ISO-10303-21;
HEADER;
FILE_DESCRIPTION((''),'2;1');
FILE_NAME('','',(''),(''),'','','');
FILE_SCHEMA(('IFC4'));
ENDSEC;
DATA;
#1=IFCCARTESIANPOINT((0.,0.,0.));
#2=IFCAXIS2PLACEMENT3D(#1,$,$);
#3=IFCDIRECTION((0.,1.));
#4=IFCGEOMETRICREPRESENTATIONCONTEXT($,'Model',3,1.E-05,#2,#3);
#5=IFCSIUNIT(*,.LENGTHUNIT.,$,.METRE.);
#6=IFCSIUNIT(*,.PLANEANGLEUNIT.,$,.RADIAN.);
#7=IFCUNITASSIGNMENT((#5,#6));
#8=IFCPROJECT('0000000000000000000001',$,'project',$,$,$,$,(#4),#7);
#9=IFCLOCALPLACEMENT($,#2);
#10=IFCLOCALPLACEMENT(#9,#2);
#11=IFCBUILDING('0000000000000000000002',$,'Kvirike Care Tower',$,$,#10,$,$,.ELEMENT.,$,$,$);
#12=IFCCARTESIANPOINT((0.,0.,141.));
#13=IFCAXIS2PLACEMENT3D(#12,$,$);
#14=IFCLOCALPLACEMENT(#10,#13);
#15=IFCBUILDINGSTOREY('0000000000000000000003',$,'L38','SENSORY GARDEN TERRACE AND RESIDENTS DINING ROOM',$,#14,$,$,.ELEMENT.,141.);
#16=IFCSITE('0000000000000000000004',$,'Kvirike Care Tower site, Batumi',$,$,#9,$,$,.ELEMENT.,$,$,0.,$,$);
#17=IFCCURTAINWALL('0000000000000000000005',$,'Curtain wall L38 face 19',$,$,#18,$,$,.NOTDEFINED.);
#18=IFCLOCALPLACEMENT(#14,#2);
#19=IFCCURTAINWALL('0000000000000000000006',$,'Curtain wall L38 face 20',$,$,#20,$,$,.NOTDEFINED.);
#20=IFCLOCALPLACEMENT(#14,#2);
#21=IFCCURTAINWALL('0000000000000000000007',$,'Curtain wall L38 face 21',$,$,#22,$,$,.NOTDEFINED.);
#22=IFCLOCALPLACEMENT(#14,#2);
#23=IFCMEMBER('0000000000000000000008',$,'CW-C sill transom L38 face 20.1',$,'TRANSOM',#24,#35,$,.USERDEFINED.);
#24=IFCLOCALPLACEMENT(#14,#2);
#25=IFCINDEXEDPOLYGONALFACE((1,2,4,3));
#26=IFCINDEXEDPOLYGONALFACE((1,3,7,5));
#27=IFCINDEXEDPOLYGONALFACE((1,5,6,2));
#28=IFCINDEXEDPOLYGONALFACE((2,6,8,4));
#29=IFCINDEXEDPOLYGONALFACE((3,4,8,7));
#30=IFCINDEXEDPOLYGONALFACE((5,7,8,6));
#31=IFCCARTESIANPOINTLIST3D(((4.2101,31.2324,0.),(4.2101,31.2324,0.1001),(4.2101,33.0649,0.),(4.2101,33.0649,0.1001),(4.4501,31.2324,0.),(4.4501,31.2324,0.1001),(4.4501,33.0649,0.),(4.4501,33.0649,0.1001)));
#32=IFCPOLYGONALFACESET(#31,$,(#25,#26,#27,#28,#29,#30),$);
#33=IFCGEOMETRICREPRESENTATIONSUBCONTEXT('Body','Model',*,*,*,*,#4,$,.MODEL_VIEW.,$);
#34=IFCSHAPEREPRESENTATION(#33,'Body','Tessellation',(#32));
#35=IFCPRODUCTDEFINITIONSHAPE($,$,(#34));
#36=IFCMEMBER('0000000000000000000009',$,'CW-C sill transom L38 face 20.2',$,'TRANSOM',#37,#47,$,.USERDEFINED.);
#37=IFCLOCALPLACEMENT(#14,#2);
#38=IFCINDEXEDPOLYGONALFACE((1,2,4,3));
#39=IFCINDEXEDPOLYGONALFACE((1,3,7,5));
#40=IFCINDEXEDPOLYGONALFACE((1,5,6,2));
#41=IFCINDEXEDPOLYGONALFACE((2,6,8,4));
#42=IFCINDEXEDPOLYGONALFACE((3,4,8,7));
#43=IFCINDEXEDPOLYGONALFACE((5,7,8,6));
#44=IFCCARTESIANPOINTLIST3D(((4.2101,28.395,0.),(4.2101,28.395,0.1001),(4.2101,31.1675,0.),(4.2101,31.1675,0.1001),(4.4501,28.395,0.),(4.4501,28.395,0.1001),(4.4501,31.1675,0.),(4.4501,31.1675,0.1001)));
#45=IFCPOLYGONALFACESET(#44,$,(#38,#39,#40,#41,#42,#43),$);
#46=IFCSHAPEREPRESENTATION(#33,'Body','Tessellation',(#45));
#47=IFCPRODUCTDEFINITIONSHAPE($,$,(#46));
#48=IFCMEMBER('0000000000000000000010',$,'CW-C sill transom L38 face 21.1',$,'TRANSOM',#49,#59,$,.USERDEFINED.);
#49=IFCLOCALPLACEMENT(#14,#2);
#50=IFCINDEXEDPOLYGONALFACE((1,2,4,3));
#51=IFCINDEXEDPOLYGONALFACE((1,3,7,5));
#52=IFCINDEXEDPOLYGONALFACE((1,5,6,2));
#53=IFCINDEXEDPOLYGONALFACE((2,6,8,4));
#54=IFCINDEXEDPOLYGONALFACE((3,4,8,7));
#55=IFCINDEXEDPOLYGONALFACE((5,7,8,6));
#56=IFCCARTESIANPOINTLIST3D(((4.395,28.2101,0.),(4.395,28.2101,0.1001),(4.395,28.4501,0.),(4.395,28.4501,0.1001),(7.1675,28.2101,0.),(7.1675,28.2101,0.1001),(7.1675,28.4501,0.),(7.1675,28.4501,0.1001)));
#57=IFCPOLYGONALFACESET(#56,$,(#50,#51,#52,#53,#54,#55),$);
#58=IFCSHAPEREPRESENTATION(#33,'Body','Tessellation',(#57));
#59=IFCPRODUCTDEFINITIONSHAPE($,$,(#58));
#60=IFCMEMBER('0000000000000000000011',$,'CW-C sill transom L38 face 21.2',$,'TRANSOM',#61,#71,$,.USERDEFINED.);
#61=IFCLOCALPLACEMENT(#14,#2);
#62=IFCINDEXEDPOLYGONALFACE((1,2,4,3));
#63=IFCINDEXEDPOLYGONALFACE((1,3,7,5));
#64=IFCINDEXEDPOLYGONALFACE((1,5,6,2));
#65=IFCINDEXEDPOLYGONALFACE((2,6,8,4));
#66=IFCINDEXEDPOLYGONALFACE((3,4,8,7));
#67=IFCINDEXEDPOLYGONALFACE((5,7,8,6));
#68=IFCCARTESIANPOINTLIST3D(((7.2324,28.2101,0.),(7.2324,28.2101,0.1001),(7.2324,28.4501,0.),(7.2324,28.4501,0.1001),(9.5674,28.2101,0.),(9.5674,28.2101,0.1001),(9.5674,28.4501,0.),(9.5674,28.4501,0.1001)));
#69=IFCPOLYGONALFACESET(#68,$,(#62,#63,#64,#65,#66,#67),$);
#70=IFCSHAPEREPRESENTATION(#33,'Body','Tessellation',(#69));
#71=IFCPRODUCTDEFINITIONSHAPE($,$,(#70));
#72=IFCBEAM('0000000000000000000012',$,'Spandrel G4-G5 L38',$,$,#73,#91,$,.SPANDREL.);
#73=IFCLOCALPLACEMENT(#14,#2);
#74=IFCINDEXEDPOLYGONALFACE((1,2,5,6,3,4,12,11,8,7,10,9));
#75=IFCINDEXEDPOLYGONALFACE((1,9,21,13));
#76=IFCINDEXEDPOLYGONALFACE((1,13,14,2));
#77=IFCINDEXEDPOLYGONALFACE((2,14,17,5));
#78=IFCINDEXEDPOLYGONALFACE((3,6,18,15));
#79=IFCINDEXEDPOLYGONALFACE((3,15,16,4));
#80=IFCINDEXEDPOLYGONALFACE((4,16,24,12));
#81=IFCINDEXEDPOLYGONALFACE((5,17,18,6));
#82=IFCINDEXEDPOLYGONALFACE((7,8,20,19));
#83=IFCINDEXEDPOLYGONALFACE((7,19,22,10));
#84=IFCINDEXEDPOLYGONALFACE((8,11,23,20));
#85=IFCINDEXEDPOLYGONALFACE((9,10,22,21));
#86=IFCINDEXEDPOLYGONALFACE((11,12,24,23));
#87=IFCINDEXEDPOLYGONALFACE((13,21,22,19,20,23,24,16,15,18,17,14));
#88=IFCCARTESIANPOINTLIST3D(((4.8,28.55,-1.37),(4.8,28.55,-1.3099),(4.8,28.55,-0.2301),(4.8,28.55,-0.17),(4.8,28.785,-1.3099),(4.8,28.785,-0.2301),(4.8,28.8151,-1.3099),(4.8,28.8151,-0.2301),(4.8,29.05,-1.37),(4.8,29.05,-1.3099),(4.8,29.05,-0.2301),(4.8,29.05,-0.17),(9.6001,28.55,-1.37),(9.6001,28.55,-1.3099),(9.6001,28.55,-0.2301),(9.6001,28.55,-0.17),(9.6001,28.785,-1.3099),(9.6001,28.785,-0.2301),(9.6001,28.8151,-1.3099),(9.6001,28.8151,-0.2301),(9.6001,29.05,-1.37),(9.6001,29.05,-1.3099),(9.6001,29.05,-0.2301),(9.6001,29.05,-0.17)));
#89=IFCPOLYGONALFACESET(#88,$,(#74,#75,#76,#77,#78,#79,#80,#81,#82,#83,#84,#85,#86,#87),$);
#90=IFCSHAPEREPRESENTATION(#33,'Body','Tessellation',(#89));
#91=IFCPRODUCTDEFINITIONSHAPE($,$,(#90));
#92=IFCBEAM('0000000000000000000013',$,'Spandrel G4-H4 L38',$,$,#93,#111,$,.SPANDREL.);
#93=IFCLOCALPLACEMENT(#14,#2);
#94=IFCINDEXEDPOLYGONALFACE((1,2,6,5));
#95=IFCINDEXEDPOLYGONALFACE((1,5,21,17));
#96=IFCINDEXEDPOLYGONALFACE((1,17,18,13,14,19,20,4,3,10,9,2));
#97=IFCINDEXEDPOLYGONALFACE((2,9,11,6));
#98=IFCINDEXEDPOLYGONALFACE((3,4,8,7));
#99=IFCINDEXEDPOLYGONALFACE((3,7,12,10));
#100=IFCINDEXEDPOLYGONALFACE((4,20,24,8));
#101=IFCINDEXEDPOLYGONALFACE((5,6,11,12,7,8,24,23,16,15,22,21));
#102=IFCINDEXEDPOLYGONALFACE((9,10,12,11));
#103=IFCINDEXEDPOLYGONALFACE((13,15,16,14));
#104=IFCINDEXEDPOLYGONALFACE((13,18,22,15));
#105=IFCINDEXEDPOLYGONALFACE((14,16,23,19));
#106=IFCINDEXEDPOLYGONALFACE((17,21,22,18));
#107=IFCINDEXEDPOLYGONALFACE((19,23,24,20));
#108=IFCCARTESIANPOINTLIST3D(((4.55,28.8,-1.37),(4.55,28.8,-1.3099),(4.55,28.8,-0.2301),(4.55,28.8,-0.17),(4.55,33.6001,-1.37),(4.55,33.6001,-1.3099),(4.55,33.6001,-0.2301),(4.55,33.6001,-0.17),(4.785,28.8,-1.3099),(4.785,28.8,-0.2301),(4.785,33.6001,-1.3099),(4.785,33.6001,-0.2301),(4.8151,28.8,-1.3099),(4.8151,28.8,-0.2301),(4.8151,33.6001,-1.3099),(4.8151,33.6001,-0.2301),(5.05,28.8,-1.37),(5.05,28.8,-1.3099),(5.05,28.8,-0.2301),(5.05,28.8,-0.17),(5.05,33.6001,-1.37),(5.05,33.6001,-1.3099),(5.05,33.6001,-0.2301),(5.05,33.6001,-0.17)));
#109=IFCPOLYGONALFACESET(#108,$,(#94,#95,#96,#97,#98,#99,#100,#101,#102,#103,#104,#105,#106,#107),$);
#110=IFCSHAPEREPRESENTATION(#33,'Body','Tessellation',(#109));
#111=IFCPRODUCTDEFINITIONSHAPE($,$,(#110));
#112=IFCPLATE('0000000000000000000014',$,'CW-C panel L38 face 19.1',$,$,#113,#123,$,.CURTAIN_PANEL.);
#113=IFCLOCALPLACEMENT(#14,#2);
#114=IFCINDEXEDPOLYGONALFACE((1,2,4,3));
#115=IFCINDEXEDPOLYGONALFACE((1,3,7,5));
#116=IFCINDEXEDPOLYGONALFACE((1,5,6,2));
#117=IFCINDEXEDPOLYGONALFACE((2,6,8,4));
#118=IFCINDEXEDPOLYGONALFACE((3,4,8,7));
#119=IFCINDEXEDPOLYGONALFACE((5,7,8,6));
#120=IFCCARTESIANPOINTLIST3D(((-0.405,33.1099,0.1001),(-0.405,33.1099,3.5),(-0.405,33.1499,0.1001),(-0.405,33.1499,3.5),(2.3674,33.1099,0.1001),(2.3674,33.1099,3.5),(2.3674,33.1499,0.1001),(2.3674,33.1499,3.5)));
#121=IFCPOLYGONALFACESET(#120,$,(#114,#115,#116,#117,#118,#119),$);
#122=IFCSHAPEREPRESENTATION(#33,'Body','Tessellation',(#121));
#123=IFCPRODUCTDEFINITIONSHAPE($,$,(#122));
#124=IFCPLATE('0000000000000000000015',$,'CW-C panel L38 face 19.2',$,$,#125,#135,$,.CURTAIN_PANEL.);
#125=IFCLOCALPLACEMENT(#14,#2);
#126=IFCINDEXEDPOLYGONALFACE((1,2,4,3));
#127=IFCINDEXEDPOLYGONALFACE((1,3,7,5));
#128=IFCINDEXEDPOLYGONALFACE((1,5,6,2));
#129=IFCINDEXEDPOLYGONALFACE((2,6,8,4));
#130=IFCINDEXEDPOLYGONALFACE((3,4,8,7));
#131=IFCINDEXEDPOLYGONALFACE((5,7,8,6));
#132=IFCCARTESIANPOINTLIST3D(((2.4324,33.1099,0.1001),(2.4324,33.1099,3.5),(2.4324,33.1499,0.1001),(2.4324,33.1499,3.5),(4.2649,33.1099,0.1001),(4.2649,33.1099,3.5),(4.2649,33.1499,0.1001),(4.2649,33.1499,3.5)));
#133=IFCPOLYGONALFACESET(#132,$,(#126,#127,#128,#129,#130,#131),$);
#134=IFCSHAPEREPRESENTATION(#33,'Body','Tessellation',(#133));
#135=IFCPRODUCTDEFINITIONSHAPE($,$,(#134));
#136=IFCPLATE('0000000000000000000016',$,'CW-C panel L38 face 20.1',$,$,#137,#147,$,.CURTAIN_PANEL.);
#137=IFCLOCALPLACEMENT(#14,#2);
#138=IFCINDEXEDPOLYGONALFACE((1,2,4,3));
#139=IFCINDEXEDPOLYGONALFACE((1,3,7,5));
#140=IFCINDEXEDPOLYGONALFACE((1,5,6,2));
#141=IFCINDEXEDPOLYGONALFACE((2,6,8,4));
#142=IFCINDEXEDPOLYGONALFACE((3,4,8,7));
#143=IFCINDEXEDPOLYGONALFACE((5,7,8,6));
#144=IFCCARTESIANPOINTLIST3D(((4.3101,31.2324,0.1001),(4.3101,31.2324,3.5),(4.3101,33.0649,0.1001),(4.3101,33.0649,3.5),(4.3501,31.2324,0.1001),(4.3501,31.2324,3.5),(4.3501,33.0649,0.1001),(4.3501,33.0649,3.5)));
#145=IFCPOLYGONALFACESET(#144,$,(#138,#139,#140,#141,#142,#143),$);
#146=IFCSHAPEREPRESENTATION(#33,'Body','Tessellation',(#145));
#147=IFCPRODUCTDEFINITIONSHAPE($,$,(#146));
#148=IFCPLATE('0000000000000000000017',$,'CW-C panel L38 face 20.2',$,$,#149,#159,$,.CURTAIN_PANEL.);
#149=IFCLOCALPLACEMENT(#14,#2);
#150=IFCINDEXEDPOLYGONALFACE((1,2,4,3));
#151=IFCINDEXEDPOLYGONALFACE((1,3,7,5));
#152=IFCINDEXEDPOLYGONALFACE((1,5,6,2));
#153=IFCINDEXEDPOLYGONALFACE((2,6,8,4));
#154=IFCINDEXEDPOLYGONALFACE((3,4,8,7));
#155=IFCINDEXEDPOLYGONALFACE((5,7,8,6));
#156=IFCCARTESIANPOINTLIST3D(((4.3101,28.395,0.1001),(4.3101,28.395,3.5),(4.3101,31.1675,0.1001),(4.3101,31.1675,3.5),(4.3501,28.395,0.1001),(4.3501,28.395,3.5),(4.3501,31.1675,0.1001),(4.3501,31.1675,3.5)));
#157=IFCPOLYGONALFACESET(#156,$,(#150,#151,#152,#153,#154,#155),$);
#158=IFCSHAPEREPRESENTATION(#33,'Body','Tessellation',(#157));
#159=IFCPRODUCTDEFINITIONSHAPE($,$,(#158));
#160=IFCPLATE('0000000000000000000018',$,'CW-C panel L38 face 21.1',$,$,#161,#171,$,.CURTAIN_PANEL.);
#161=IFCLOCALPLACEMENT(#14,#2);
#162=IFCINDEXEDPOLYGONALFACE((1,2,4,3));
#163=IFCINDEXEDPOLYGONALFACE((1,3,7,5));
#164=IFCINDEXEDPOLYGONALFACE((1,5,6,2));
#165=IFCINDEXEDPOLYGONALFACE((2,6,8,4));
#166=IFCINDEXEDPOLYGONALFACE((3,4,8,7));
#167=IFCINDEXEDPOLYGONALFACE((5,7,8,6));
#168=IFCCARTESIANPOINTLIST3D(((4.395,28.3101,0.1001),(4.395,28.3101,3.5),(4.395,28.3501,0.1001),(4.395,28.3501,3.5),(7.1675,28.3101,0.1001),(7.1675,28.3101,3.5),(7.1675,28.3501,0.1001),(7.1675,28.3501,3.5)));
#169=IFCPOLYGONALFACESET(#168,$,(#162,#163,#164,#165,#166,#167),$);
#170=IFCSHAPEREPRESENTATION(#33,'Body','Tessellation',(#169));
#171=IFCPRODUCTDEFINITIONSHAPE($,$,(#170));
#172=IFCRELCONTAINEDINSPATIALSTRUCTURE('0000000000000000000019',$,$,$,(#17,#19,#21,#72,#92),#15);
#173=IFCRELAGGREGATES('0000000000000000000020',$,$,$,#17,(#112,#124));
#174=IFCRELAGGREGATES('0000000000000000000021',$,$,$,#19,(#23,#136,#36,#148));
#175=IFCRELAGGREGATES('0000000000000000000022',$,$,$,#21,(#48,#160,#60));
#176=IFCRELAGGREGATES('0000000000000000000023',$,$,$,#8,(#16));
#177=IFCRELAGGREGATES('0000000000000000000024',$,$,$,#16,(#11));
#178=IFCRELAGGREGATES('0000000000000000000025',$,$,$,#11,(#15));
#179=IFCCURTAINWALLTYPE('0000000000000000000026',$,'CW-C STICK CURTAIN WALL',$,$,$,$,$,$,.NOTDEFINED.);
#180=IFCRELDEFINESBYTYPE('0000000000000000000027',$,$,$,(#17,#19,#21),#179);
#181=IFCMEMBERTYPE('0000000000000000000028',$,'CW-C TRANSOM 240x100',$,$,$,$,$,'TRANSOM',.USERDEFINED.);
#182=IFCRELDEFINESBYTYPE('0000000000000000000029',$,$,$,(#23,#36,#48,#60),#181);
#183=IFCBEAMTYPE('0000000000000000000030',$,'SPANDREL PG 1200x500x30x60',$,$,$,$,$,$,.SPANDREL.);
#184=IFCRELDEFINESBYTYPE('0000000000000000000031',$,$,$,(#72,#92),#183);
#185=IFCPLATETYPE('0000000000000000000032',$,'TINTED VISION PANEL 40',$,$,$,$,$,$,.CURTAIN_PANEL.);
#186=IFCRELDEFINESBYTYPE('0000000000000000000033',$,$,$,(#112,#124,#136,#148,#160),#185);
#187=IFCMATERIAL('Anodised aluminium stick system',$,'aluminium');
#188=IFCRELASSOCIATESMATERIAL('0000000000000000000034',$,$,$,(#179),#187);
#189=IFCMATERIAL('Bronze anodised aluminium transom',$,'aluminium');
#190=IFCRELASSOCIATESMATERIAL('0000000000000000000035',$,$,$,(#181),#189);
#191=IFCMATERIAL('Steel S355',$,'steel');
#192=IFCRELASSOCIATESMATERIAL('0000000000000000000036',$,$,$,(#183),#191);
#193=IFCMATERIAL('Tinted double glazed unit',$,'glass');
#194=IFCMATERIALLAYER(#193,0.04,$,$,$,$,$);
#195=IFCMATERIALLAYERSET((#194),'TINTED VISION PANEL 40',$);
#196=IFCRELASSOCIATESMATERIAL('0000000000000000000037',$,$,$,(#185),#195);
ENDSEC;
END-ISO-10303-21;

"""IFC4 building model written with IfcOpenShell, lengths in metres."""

from ifc_helpers import new_model, si_unit, direction, frame, origin, origin_2d, place, context, subcontext, project, spatial, rectangle, i_section, extrude, material, layer, layer_set, material_profile, profile_set, type_object, element, aggregate, save


model = new_model("IFC4")

# Units and contexts
model_context = context("Model", 3, precision=1e-05, world=origin(), true_north=direction((0.0, 1.0)))
body_context = subcontext(model_context, "Body", "Model", "MODEL_VIEW")
ifc_project = project(units=[si_unit("LENGTHUNIT", "METRE"), si_unit("PLANEANGLEUNIT", "RADIAN")], contexts=[model_context])

# Site, building, storey
site_placement = place(None, origin())
site = spatial("IfcSite", under=ifc_project, at=site_placement, Name="Kvirike Care Tower site, Batumi", CompositionType="ELEMENT", RefElevation=0.0)
building_placement = place(site_placement, origin())
building = spatial("IfcBuilding", under=site, at=building_placement, Name="Kvirike Care Tower", CompositionType="ELEMENT")
storey_placement = place(building_placement, frame((0.0, 0.0, 141.0)))
storey = spatial("IfcBuildingStorey", under=building, at=storey_placement, Name="L38", Description="SENSORY GARDEN TERRACE AND RESIDENTS DINING ROOM", CompositionType="ELEMENT", Elevation=141.0)

# Curtain walls
ifc_material_1 = material(Name="Anodised aluminium stick system", Category="aluminium")
curtain_wall_type = type_object("IfcCurtainWallType", Name="CW-C STICK CURTAIN WALL", PredefinedType="NOTDEFINED", material=ifc_material_1)
curtain_wall_1_placement = place(storey_placement, origin())
curtain_wall_1 = element("IfcCurtainWall", 1, at=curtain_wall_1_placement, inside=storey, type_object=curtain_wall_type, Name="Curtain wall L38 face 19", PredefinedType="NOTDEFINED")
curtain_wall_2_placement = place(storey_placement, origin())
curtain_wall_2 = element("IfcCurtainWall", 2, at=curtain_wall_2_placement, inside=storey, type_object=curtain_wall_type, Name="Curtain wall L38 face 20", PredefinedType="NOTDEFINED")

# Curtain wall
curtain_wall_3_placement = place(storey_placement, origin())
curtain_wall_3 = element("IfcCurtainWall", 3, at=curtain_wall_3_placement, inside=storey, type_object=curtain_wall_type, Name="Curtain wall L38 face 21", PredefinedType="NOTDEFINED")

# Members
ifc_material_2 = material(Name="Bronze anodised aluminium transom", Category="aluminium")
ifc_material_profile_1 = material_profile(ifc_material_2, rectangle(XDim=0.24, YDim=0.1001, at=origin_2d()), Name="CW-C TRANSOM 240x100")
ifc_profile_set_1 = profile_set([ifc_material_profile_1], Name="Bronze anodised aluminium transom")
member_type_1 = type_object("IfcMemberType", Name="CW-C TRANSOM 240x100", ElementType="TRANSOM", PredefinedType="USERDEFINED", material=ifc_profile_set_1)
member_1_placement = place(storey_placement, frame((4.3301, 33.0649, 0.05), z_axis=(0.0, -1.0, 0.0), x_axis=(1.0, 0.0, 0.0)))
member_1 = element("IfcMember", 4, at=member_1_placement, type_object=member_type_1, Name="CW-C sill transom L38 face 20.1", ObjectType="TRANSOM", PredefinedType="USERDEFINED", context=body_context, shape_type="SweptSolid", body=[
    extrude(rectangle(XDim=0.24, YDim=0.1001, at=origin_2d()), origin(), (0.0, 0.0, 1.0), 1.8325),
])
member_2_placement = place(storey_placement, frame((4.3301, 31.1675, 0.05), z_axis=(0.0, -1.0, 0.0), x_axis=(1.0, 0.0, 0.0)))
member_2 = element("IfcMember", 5, at=member_2_placement, type_object=member_type_1, Name="CW-C sill transom L38 face 20.2", ObjectType="TRANSOM", PredefinedType="USERDEFINED", context=body_context, shape_type="SweptSolid", body=[
    extrude(rectangle(XDim=0.24, YDim=0.1001, at=origin_2d()), origin(), (0.0, 0.0, 1.0), 2.7725),
])
member_3_placement = place(storey_placement, frame((4.395, 28.3301, 0.05), z_axis=(1.0, 0.0, 0.0), x_axis=(0.0, 1.0, 0.0)))
member_3 = element("IfcMember", 6, at=member_3_placement, type_object=member_type_1, Name="CW-C sill transom L38 face 21.1", ObjectType="TRANSOM", PredefinedType="USERDEFINED", context=body_context, shape_type="SweptSolid", body=[
    extrude(rectangle(XDim=0.24, YDim=0.1001, at=origin_2d()), origin(), (0.0, 0.0, 1.0), 2.7725),
])
member_4_placement = place(storey_placement, frame((7.2324, 28.3301, 0.05), z_axis=(1.0, 0.0, 0.0), x_axis=(0.0, 1.0, 0.0)))
member_4 = element("IfcMember", 7, at=member_4_placement, type_object=member_type_1, Name="CW-C sill transom L38 face 21.2", ObjectType="TRANSOM", PredefinedType="USERDEFINED", context=body_context, shape_type="SweptSolid", body=[
    extrude(rectangle(XDim=0.24, YDim=0.1001, at=origin_2d()), origin(), (0.0, 0.0, 1.0), 2.335),
])

# Beams
ifc_material_3 = material(Name="Steel S355", Category="steel")
ifc_material_profile_2 = material_profile(ifc_material_3, i_section(OverallWidth=0.5, OverallDepth=1.2, WebThickness=0.03, FlangeThickness=0.0601, at=origin_2d()), Name="PG 1200x500x30x60")
ifc_profile_set_2 = profile_set([ifc_material_profile_2], Name="Steel S355")
beam_type = type_object("IfcBeamType", Name="SPANDREL PG 1200x500x30x60", PredefinedType="SPANDREL", material=ifc_profile_set_2)
for number, where, z_axis, x_axis, name in (
    (8, (4.8, 28.8, -0.77), (1.0, 0.0, 0.0), (0.0, 1.0, 0.0), "Spandrel G4-G5 L38"),
    (9, (4.8, 28.8, -0.77), (0.0, 1.0, 0.0), (-1.0, 0.0, 0.0), "Spandrel G4-H4 L38"),
):
    element("IfcBeam", number, at=place(storey_placement, frame(where, z_axis=z_axis, x_axis=x_axis)), inside=storey, type_object=beam_type, Name=name, PredefinedType="SPANDREL", context=body_context, shape_type="SweptSolid", body=[
        extrude(i_section(OverallWidth=0.5, OverallDepth=1.2, WebThickness=0.03, FlangeThickness=0.0601, at=origin_2d()), origin(), (0.0, 0.0, 1.0), 4.8),
    ])

# Plates
ifc_material_4 = material(Name="Tinted double glazed unit", Category="glass")
ifc_layer = layer(ifc_material_4, 0.04)
ifc_layer_set = layer_set([ifc_layer], Name="TINTED VISION PANEL 40")
plate_type = type_object("IfcPlateType", Name="TINTED VISION PANEL 40", PredefinedType="CURTAIN_PANEL", material=ifc_layer_set)
plate_1_placement = place(storey_placement, frame((0.9812, 33.1299, 0.1001), z_axis=(0.0, 0.0, 1.0), x_axis=(1.0, 0.0, 0.0)))
plate_1 = element("IfcPlate", 10, at=plate_1_placement, type_object=plate_type, Name="CW-C panel L38 face 19.1", PredefinedType="CURTAIN_PANEL", context=body_context, shape_type="SweptSolid", body=[
    extrude(rectangle(XDim=2.7725, YDim=0.04, at=origin_2d()), origin(), (0.0, 0.0, 1.0), 3.3999),
])
plate_2_placement = place(storey_placement, frame((3.3486, 33.1299, 0.1001), z_axis=(0.0, 0.0, 1.0), x_axis=(1.0, 0.0, 0.0)))
plate_2 = element("IfcPlate", 11, at=plate_2_placement, type_object=plate_type, Name="CW-C panel L38 face 19.2", PredefinedType="CURTAIN_PANEL", context=body_context, shape_type="SweptSolid", body=[
    extrude(rectangle(XDim=1.8325, YDim=0.04, at=origin_2d()), origin(), (0.0, 0.0, 1.0), 3.3999),
])
aggregate(curtain_wall_1, [plate_1, plate_2])
plate_3_placement = place(storey_placement, frame((4.3301, 32.1487, 0.1001), z_axis=(0.0, 0.0, 1.0), x_axis=(0.0, -1.0, 0.0)))
plate_3 = element("IfcPlate", 12, at=plate_3_placement, type_object=plate_type, Name="CW-C panel L38 face 20.1", PredefinedType="CURTAIN_PANEL", context=body_context, shape_type="SweptSolid", body=[
    extrude(rectangle(XDim=1.8325, YDim=0.04, at=origin_2d()), origin(), (0.0, 0.0, 1.0), 3.3999),
])
plate_4_placement = place(storey_placement, frame((4.3301, 29.7812, 0.1001), z_axis=(0.0, 0.0, 1.0), x_axis=(0.0, -1.0, 0.0)))
plate_4 = element("IfcPlate", 13, at=plate_4_placement, type_object=plate_type, Name="CW-C panel L38 face 20.2", PredefinedType="CURTAIN_PANEL", context=body_context, shape_type="SweptSolid", body=[
    extrude(rectangle(XDim=2.7725, YDim=0.04, at=origin_2d()), origin(), (0.0, 0.0, 1.0), 3.3999),
])
aggregate(curtain_wall_2, [member_1, plate_3, member_2, plate_4])
plate_5_placement = place(storey_placement, frame((5.7812, 28.3301, 0.1001), z_axis=(0.0, 0.0, 1.0), x_axis=(1.0, 0.0, 0.0)))
plate_5 = element("IfcPlate", 14, at=plate_5_placement, type_object=plate_type, Name="CW-C panel L38 face 21.1", PredefinedType="CURTAIN_PANEL", context=body_context, shape_type="SweptSolid", body=[
    extrude(rectangle(XDim=2.7725, YDim=0.04, at=origin_2d()), origin(), (0.0, 0.0, 1.0), 3.3999),
])
aggregate(curtain_wall_3, [member_3, plate_5, member_4])

save(model, "model.ifc")
